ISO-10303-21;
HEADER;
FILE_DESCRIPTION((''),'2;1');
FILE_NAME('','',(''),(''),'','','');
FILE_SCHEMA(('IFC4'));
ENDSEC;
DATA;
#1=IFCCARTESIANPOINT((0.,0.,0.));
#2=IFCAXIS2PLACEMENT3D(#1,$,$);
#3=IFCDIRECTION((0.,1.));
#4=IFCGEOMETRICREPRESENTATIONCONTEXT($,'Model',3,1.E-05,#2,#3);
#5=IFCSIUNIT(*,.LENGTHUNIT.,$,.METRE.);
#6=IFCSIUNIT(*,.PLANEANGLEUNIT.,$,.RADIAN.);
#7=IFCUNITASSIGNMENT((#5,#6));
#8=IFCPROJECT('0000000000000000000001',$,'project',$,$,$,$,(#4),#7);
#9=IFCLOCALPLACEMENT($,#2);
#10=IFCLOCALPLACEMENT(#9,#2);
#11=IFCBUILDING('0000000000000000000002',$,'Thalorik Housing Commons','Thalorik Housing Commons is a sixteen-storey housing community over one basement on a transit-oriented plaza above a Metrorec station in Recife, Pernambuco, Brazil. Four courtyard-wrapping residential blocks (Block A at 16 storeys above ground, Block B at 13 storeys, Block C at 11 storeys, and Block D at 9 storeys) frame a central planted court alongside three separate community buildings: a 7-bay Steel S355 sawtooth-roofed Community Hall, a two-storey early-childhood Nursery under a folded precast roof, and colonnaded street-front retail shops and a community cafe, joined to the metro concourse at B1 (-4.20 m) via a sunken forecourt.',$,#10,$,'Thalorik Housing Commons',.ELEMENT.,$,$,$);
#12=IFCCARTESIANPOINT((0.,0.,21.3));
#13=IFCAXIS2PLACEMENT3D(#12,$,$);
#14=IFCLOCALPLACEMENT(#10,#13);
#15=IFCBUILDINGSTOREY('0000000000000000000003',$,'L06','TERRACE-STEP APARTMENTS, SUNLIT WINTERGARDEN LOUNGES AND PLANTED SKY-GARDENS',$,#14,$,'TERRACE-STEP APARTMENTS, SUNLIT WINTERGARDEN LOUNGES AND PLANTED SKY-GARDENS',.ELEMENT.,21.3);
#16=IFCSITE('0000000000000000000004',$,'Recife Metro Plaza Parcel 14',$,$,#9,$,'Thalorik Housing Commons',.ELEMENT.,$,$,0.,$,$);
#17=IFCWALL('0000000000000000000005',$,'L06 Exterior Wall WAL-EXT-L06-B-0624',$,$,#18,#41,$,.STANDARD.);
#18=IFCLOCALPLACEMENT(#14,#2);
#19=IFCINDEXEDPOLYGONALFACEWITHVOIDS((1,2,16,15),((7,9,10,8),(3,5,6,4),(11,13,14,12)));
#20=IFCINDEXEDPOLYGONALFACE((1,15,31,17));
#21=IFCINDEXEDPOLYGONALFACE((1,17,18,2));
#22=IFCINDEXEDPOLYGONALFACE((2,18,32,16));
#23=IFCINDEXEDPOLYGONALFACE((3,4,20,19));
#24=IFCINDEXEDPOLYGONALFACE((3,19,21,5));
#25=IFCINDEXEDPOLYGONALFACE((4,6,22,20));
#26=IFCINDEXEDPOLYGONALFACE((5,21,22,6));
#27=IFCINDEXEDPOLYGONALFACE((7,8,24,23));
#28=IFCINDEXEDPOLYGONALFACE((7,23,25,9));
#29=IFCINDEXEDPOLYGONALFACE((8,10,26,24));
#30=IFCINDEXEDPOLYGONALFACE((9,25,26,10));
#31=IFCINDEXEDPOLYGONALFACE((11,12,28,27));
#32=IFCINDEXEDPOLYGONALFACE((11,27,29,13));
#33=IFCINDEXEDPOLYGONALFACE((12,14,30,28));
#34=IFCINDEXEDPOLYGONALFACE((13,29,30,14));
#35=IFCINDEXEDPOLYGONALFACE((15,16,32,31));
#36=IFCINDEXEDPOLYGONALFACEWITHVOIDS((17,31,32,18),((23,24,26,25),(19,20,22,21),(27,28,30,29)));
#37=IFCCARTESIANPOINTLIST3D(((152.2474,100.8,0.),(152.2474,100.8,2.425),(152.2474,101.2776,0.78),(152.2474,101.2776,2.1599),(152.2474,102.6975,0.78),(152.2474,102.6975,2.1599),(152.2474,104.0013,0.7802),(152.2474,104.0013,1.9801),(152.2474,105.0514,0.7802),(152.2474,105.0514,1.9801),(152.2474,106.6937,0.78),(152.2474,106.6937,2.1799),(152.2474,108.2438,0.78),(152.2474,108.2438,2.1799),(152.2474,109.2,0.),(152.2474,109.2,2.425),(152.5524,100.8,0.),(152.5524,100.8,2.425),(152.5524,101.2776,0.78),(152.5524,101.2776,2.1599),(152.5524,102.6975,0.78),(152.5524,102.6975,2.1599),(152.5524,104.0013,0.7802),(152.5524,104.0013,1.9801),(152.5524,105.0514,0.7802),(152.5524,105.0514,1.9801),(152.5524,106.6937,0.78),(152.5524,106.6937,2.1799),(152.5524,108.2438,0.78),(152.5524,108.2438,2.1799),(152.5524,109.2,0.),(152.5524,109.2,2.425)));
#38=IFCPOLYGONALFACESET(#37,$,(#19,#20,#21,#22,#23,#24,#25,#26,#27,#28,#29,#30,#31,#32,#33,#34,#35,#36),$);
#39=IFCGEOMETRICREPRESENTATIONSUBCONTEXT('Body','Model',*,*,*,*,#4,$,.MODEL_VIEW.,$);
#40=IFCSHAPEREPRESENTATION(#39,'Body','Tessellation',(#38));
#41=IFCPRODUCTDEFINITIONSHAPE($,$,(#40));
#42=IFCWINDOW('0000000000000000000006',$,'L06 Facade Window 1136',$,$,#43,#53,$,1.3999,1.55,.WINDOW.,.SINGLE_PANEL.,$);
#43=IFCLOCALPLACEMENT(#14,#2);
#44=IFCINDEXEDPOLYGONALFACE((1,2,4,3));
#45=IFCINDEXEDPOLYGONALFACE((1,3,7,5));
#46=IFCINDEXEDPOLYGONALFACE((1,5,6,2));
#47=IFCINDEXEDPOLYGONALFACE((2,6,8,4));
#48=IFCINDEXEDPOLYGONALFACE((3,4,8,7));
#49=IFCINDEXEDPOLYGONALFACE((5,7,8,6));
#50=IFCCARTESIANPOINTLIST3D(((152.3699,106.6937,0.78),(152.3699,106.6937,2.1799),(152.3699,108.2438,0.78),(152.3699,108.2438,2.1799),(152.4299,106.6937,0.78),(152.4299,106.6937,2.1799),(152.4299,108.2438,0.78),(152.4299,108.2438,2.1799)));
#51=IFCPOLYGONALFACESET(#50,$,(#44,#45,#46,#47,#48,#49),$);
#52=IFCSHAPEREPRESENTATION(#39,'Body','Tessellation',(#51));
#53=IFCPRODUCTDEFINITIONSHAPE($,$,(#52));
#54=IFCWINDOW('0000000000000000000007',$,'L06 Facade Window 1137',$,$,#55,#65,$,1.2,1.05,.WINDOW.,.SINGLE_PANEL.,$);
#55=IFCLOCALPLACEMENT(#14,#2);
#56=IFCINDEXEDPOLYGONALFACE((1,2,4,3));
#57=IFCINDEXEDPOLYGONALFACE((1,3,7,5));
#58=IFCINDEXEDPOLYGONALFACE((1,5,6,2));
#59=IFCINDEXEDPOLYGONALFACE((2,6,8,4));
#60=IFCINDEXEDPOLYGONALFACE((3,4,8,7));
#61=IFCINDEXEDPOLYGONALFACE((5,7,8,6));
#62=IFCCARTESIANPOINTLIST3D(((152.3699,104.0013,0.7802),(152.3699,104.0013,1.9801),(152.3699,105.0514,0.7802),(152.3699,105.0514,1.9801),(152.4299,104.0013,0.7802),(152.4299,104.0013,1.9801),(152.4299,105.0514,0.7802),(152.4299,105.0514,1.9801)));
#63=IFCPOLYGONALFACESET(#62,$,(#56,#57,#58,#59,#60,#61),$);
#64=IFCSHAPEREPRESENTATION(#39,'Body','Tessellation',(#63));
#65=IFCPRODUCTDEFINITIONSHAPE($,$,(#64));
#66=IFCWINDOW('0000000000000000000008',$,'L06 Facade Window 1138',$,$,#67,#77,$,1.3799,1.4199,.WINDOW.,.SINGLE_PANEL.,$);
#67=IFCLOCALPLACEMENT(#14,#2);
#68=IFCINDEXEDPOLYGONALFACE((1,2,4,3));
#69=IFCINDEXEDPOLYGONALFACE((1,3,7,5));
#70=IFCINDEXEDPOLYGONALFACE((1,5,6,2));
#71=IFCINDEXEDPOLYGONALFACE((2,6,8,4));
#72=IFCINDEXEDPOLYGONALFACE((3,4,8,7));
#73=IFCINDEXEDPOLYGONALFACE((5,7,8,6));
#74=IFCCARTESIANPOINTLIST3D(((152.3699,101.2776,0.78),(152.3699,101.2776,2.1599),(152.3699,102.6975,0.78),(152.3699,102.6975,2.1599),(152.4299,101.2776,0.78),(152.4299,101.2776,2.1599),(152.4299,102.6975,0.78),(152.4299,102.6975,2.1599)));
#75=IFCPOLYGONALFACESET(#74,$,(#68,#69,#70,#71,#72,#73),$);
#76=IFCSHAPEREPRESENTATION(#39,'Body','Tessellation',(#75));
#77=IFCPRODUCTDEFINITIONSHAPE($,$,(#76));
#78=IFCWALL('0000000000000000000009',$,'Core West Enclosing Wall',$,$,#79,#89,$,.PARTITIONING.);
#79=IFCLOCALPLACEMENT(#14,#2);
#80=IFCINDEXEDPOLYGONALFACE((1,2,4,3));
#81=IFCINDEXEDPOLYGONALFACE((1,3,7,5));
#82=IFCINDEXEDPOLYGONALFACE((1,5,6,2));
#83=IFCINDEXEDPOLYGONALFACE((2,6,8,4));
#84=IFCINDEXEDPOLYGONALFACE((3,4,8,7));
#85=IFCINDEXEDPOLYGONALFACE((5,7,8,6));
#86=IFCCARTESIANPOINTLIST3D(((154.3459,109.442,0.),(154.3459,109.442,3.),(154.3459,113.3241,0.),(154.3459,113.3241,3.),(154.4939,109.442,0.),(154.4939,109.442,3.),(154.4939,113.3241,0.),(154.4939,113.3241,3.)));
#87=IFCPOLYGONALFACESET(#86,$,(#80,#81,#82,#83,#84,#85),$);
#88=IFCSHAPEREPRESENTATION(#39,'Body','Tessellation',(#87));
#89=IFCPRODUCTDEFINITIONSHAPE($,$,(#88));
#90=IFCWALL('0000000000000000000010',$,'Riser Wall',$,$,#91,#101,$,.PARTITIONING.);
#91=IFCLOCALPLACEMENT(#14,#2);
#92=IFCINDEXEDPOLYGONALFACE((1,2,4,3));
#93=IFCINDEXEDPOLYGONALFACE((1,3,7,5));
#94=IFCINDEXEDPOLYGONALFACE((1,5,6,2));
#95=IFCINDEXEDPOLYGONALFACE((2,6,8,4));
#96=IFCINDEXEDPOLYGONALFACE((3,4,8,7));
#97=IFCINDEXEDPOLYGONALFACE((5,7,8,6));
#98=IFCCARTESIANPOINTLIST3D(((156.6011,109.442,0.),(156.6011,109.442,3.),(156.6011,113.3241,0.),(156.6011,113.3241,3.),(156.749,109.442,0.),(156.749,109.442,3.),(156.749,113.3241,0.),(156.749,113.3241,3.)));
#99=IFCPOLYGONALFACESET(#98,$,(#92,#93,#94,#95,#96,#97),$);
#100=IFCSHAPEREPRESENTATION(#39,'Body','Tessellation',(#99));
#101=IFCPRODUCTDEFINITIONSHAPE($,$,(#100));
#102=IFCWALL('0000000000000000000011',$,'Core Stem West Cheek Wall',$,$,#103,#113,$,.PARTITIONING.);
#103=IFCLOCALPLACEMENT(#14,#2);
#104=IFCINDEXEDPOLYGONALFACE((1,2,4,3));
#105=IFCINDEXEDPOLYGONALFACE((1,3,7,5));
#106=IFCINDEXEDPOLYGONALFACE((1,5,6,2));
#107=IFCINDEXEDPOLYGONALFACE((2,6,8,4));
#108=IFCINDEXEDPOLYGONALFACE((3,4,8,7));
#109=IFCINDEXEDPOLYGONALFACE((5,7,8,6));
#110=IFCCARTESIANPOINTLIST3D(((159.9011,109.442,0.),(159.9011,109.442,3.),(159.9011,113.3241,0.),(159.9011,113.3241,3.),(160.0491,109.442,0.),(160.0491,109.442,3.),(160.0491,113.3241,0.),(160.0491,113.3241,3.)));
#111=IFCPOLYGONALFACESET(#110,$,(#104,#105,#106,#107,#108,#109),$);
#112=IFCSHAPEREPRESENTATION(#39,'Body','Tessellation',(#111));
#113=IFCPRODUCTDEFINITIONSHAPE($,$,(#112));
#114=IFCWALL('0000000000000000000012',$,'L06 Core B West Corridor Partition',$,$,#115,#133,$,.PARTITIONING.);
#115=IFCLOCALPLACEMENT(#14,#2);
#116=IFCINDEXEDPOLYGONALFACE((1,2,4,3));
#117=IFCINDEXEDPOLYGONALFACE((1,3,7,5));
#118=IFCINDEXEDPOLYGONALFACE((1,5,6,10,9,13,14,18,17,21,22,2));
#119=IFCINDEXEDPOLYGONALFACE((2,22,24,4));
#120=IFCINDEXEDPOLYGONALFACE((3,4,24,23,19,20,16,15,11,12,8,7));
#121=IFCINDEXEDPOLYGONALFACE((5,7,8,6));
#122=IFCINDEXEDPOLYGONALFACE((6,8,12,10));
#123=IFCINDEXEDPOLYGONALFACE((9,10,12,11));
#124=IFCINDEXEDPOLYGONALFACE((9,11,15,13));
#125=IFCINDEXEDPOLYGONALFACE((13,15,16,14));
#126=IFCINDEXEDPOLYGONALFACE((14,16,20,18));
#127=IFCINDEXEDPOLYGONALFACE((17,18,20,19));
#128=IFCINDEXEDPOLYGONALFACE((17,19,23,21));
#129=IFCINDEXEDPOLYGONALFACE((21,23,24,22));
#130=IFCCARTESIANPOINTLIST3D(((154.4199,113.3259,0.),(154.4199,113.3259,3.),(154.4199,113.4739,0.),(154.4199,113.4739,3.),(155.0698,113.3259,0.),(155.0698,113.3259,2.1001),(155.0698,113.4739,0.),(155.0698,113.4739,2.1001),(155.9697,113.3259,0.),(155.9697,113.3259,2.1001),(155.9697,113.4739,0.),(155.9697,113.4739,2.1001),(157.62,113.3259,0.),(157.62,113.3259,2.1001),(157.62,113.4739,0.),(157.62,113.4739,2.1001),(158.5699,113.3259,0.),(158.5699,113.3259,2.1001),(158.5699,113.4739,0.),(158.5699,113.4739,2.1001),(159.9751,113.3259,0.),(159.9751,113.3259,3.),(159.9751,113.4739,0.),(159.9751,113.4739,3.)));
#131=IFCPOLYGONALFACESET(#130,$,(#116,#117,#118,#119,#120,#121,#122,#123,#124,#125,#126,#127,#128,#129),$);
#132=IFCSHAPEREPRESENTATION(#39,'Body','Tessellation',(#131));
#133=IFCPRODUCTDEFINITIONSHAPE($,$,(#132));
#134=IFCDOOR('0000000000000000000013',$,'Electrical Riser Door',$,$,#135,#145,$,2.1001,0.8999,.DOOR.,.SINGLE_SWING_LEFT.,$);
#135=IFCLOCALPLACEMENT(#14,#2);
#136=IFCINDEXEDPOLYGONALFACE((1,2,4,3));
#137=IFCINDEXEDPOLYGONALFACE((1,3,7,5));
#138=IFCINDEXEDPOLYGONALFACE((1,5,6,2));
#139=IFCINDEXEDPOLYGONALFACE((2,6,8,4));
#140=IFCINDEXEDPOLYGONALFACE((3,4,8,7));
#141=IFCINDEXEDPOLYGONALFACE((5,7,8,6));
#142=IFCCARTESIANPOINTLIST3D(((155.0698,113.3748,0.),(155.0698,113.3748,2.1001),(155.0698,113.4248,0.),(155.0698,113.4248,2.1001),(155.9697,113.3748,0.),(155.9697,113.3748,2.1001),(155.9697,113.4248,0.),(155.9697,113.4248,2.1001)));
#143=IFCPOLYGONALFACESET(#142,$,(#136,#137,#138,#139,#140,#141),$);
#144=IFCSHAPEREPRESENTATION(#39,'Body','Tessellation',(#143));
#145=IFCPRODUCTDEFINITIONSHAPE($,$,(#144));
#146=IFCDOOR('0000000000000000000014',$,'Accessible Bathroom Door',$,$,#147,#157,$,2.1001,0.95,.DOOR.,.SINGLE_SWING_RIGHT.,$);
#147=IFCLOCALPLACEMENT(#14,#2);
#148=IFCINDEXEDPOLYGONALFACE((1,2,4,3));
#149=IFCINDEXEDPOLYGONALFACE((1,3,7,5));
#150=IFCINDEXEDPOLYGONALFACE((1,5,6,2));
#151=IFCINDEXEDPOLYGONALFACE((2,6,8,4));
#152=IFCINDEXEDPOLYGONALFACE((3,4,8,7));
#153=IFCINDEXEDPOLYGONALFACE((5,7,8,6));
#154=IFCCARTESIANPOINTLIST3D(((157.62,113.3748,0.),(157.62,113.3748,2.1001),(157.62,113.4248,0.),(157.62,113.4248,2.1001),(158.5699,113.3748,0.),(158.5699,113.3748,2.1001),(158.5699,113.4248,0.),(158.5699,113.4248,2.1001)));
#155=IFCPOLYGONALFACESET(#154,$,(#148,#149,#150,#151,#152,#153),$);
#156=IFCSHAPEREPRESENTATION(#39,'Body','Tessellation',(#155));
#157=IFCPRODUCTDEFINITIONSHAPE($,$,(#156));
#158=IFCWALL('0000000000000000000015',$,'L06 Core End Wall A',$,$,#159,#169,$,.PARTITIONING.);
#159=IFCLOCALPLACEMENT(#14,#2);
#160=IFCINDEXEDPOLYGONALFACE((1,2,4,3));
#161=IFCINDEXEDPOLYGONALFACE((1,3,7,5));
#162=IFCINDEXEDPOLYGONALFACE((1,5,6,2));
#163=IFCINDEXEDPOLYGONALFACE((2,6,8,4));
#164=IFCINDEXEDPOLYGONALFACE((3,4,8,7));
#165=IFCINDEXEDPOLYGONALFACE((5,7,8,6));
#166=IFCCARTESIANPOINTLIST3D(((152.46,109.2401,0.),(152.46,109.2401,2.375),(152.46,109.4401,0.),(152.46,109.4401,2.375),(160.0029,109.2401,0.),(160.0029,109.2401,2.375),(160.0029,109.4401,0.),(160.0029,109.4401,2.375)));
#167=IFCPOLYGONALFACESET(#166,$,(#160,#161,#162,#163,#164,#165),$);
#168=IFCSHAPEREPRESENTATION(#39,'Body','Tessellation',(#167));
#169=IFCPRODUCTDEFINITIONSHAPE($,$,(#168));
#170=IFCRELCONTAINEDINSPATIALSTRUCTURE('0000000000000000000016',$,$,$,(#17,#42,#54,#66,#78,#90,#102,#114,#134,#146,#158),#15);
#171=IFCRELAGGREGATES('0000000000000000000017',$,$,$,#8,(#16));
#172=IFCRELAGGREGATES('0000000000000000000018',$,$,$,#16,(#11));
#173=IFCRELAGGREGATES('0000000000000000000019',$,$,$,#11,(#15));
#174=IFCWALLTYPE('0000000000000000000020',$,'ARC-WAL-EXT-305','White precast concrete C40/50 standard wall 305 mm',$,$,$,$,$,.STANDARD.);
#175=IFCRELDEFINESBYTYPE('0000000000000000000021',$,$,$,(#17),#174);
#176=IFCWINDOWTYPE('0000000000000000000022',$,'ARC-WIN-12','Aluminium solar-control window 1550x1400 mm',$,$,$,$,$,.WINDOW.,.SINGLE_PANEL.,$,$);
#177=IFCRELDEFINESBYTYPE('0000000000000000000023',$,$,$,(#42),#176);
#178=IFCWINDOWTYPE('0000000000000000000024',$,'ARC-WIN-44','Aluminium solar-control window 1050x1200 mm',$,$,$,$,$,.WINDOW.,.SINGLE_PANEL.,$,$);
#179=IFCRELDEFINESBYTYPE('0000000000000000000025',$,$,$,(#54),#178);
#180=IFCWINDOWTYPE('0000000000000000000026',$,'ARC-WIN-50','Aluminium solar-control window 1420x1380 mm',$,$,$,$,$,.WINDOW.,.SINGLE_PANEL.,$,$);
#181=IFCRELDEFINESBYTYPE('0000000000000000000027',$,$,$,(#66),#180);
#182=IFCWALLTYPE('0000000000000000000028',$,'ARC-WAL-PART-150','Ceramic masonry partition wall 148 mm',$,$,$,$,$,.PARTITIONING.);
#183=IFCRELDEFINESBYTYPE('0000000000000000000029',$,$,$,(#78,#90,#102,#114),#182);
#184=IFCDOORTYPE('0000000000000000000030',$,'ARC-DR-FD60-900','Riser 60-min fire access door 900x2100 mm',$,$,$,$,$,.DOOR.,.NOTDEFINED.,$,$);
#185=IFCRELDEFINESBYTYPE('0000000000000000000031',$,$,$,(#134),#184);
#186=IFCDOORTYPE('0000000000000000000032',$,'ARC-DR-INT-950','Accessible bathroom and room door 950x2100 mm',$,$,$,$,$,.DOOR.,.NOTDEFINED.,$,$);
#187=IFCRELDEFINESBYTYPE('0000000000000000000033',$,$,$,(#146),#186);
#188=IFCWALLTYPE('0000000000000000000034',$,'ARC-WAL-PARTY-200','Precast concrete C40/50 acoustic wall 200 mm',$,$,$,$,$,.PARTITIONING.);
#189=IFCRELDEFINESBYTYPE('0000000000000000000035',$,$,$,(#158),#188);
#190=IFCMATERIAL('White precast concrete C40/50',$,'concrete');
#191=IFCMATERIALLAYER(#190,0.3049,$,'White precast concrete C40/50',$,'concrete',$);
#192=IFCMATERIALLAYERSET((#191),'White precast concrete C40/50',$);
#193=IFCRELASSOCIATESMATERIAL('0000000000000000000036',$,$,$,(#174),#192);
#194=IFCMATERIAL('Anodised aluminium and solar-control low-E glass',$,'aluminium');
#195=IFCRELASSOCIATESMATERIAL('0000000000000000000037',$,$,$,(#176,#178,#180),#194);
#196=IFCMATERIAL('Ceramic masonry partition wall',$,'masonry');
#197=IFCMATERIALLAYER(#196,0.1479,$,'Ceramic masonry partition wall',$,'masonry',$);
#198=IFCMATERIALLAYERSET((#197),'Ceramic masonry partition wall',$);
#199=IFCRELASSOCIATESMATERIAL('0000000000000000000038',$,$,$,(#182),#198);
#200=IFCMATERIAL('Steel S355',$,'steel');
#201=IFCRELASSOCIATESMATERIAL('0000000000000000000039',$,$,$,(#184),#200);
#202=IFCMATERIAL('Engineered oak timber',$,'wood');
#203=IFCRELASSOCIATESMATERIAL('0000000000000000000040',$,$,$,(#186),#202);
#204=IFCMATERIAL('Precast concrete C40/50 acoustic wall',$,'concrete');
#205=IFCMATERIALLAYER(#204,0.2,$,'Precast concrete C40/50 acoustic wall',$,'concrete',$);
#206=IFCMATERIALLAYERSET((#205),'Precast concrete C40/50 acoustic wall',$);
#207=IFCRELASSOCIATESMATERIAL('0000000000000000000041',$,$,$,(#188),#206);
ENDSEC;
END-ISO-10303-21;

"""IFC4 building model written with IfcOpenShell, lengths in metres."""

from ifc_helpers import new_model, si_unit, direction, frame, frame_2d, origin, place, context, subcontext, project, spatial, rectangle, extrude, material, layer, layer_set, type_object, element, fill, save


model = new_model("IFC4")

# Units and contexts
model_context = context("Model", 3, precision=1e-05, world=origin(), true_north=direction((0.0, 1.0)))
body_context = subcontext(model_context, "Body", "Model", "MODEL_VIEW")
ifc_project = project(units=[si_unit("LENGTHUNIT", "METRE"), si_unit("PLANEANGLEUNIT", "RADIAN")], contexts=[model_context])

# Site, building, storey
site_placement = place(None, origin())
site = spatial("IfcSite", under=ifc_project, at=site_placement, Name="Recife Metro Plaza Parcel 14", LongName="Thalorik Housing Commons", CompositionType="ELEMENT", RefElevation=0.0)
building_placement = place(site_placement, origin())
building = spatial("IfcBuilding", under=site, at=building_placement, Name="Thalorik Housing Commons", Description="Thalorik Housing Commons is a sixteen-storey housing community over one basement on a transit-oriented plaza above a Metrorec station in Recife, Pernambuco, Brazil. Four courtyard-wrapping residential blocks (Block A at 16 storeys above ground, Block B at 13 storeys, Block C at 11 storeys, and Block D at 9 storeys) frame a central planted court alongside three separate community buildings: a 7-bay Steel S355 sawtooth-roofed Community Hall, a two-storey early-childhood Nursery under a folded precast roof, and colonnaded street-front retail shops and a community cafe, joined to the metro concourse at B1 (-4.20 m) via a sunken forecourt.", LongName="Thalorik Housing Commons", CompositionType="ELEMENT")
storey_placement = place(building_placement, frame((0.0, 0.0, 21.3)))
storey = spatial("IfcBuildingStorey", under=building, at=storey_placement, Name="L06", Description="TERRACE-STEP APARTMENTS, SUNLIT WINTERGARDEN LOUNGES AND PLANTED SKY-GARDENS", LongName="TERRACE-STEP APARTMENTS, SUNLIT WINTERGARDEN LOUNGES AND PLANTED SKY-GARDENS", CompositionType="ELEMENT", Elevation=21.3)

# Shared definitions
ifc_material_1 = material(Name="Steel S355", Category="steel")

# Wall, openings, windows
ifc_material_2 = material(Name="White precast concrete C40/50", Category="concrete")
ifc_layer_1 = layer(ifc_material_2, 0.3049, Name="White precast concrete C40/50", Category="concrete")
ifc_layer_set_1 = layer_set([ifc_layer_1], Name="White precast concrete C40/50")
wall_type_1 = type_object("IfcWallType", Name="ARC-WAL-EXT-305", Description="White precast concrete C40/50 standard wall 305 mm", PredefinedType="STANDARD", material=ifc_layer_set_1)
wall_1_placement = place(storey_placement, frame((152.3999, 109.2, 0.0), z_axis=(0.0, 0.0, 1.0), x_axis=(0.0, -1.0, 0.0)))
wall_1 = element("IfcWall", 1, at=wall_1_placement, inside=storey, type_object=wall_type_1, Name="L06 Exterior Wall WAL-EXT-L06-B-0624", PredefinedType="STANDARD", context=body_context, shape_type="SweptSolid", body=[
    extrude(rectangle(XDim=8.3999, YDim=0.3049, at=frame_2d((4.2, 0.0))), origin(), (0.0, 0.0, 1.0), 2.425),
])
opening_1_placement = place(wall_1_placement, frame((0.9563, 0.0, 0.78)))
opening_1 = element("IfcOpeningElement", 2, at=opening_1_placement, cuts=wall_1, PredefinedType="OPENING", context=body_context, shape_type="SweptSolid", body=[
    extrude(rectangle(XDim=1.55, YDim=1.3999, at=frame_2d((0.7749, 0.7))), frame((0.0, 0.1626, 0.0), z_axis=(0.0, -1.0, 0.0), x_axis=(1.0, 0.0, 0.0)), (0.0, 0.0, 1.0), 0.325),
])
opening_2_placement = place(wall_1_placement, frame((4.1487, 0.0, 0.78)))
opening_2 = element("IfcOpeningElement", 3, at=opening_2_placement, cuts=wall_1, PredefinedType="OPENING", context=body_context, shape_type="SweptSolid", body=[
    extrude(rectangle(XDim=1.05, YDim=1.2, at=frame_2d((0.5249, 0.6001))), frame((0.0, 0.1626, 0.0), z_axis=(0.0, -1.0, 0.0), x_axis=(1.0, 0.0, 0.0)), (0.0, 0.0, 1.0), 0.325),
])
opening_3_placement = place(wall_1_placement, frame((6.5024, 0.0, 0.78)))
opening_3 = element("IfcOpeningElement", 4, at=opening_3_placement, cuts=wall_1, PredefinedType="OPENING", context=body_context, shape_type="SweptSolid", body=[
    extrude(rectangle(XDim=1.4199, YDim=1.3799, at=frame_2d((0.71, 0.6899))), frame((0.0, 0.1626, 0.0), z_axis=(0.0, -1.0, 0.0), x_axis=(1.0, 0.0, 0.0)), (0.0, 0.0, 1.0), 0.325),
])
ifc_material_3 = material(Name="Anodised aluminium and solar-control low-E glass", Category="aluminium")
window_type_1 = type_object("IfcWindowType", Name="ARC-WIN-12", Description="Aluminium solar-control window 1550x1400 mm", PartitioningType="SINGLE_PANEL", PredefinedType="WINDOW", material=ifc_material_3)
window_1_placement = place(opening_1_placement, origin())
window_1 = element("IfcWindow", 5, at=window_1_placement, inside=storey, type_object=window_type_1, Name="L06 Facade Window 1136", OverallHeight=1.3999, OverallWidth=1.55, PartitioningType="SINGLE_PANEL", PredefinedType="WINDOW", context=body_context, shape_type="SweptSolid", body=[
    extrude(rectangle(XDim=1.55, YDim=1.3999, at=frame_2d((0.7749, 0.7))), frame((0.0, 0.03, 0.0), z_axis=(0.0, -1.0, 0.0), x_axis=(1.0, 0.0, 0.0)), (0.0, 0.0, 1.0), 0.0601),
])
fill(opening_1, window_1)
window_type_2 = type_object("IfcWindowType", Name="ARC-WIN-44", Description="Aluminium solar-control window 1050x1200 mm", PartitioningType="SINGLE_PANEL", PredefinedType="WINDOW", material=ifc_material_3)
window_2_placement = place(opening_2_placement, origin())
window_2 = element("IfcWindow", 6, at=window_2_placement, inside=storey, type_object=window_type_2, Name="L06 Facade Window 1137", OverallHeight=1.2, OverallWidth=1.05, PartitioningType="SINGLE_PANEL", PredefinedType="WINDOW", context=body_context, shape_type="SweptSolid", body=[
    extrude(rectangle(XDim=1.05, YDim=1.2, at=frame_2d((0.5249, 0.6001))), frame((0.0, 0.03, 0.0), z_axis=(0.0, -1.0, 0.0), x_axis=(1.0, 0.0, 0.0)), (0.0, 0.0, 1.0), 0.0601),
])
fill(opening_2, window_2)
window_type_3 = type_object("IfcWindowType", Name="ARC-WIN-50", Description="Aluminium solar-control window 1420x1380 mm", PartitioningType="SINGLE_PANEL", PredefinedType="WINDOW", material=ifc_material_3)
window_3_placement = place(opening_3_placement, origin())
window_3 = element("IfcWindow", 7, at=window_3_placement, inside=storey, type_object=window_type_3, Name="L06 Facade Window 1138", OverallHeight=1.3799, OverallWidth=1.4199, PartitioningType="SINGLE_PANEL", PredefinedType="WINDOW", context=body_context, shape_type="SweptSolid", body=[
    extrude(rectangle(XDim=1.4199, YDim=1.3799, at=frame_2d((0.71, 0.6899))), frame((0.0, 0.03, 0.0), z_axis=(0.0, -1.0, 0.0), x_axis=(1.0, 0.0, 0.0)), (0.0, 0.0, 1.0), 0.0601),
])
fill(opening_3, window_3)

# Walls
ifc_material_4 = material(Name="Ceramic masonry partition wall", Category="masonry")
ifc_layer_2 = layer(ifc_material_4, 0.1479, Name="Ceramic masonry partition wall", Category="masonry")
ifc_layer_set_2 = layer_set([ifc_layer_2], Name="Ceramic masonry partition wall")
wall_type_2 = type_object("IfcWallType", Name="ARC-WAL-PART-150", Description="Ceramic masonry partition wall 148 mm", PredefinedType="PARTITIONING", material=ifc_layer_set_2)
for number, where, z_axis, x_axis, name in (
    (8, (154.4199, 113.324, 0.0), (0.0, 0.0, 1.0), (0.0, -1.0, 0.0), "Core West Enclosing Wall"),
    (9, (156.675, 113.324, 0.0), (0.0, 0.0, 1.0), (0.0, -1.0, 0.0), "Riser Wall"),
    (10, (159.9751, 113.324, 0.0), (0.0, 0.0, 1.0), (0.0, -1.0, 0.0), "Core Stem West Cheek Wall"),
):
    element("IfcWall", number, at=place(storey_placement, frame(where, z_axis=z_axis, x_axis=x_axis)), inside=storey, type_object=wall_type_2, Name=name, PredefinedType="PARTITIONING", context=body_context, shape_type="SweptSolid", body=[
        extrude(rectangle(XDim=3.8821, YDim=0.1479, at=frame_2d((1.9409, 0.0))), origin(), (0.0, 0.0, 1.0), 3.0),
    ])

# Wall, openings, doors
wall_2_placement = place(storey_placement, frame((154.4199, 113.3999, 0.0), z_axis=(0.0, 0.0, 1.0), x_axis=(1.0, 0.0, 0.0)))
wall_2 = element("IfcWall", 11, at=wall_2_placement, inside=storey, type_object=wall_type_2, Name="L06 Core B West Corridor Partition", PredefinedType="PARTITIONING", context=body_context, shape_type="SweptSolid", body=[
    extrude(rectangle(XDim=5.5552, YDim=0.1479, at=frame_2d((2.7776, 0.0))), origin(), (0.0, 0.0, 1.0), 3.0),
])
opening_4_placement = place(wall_2_placement, frame((0.6499, 0.0, 0.0)))
opening_4 = element("IfcOpeningElement", 12, at=opening_4_placement, cuts=wall_2, PredefinedType="OPENING", context=body_context, shape_type="SweptSolid", body=[
    extrude(rectangle(XDim=0.8999, YDim=2.1001, at=frame_2d((0.45, 1.05))), frame((0.0, 0.084, 0.0), z_axis=(0.0, -1.0, 0.0), x_axis=(1.0, 0.0, 0.0)), (0.0, 0.0, 1.0), 0.168),
])
opening_5_placement = place(wall_2_placement, frame((3.2, 0.0, 0.0)))
opening_5 = element("IfcOpeningElement", 13, at=opening_5_placement, cuts=wall_2, PredefinedType="OPENING", context=body_context, shape_type="SweptSolid", body=[
    extrude(rectangle(XDim=0.95, YDim=2.1001, at=frame_2d((0.4751, 1.05))), frame((0.0, 0.084, 0.0), z_axis=(0.0, -1.0, 0.0), x_axis=(1.0, 0.0, 0.0)), (0.0, 0.0, 1.0), 0.168),
])
door_type_1 = type_object("IfcDoorType", Name="ARC-DR-FD60-900", Description="Riser 60-min fire access door 900x2100 mm", OperationType="NOTDEFINED", PredefinedType="DOOR", material=ifc_material_1)
door_1_placement = place(opening_4_placement, origin())
door_1 = element("IfcDoor", 14, at=door_1_placement, inside=storey, type_object=door_type_1, Name="Electrical Riser Door", OperationType="SINGLE_SWING_LEFT", OverallHeight=2.1001, OverallWidth=0.8999, PredefinedType="DOOR", context=body_context, shape_type="SweptSolid", body=[
    extrude(rectangle(XDim=0.8999, YDim=2.1001, at=frame_2d((0.45, 1.05))), frame((0.0, 0.0249, 0.0), z_axis=(0.0, -1.0, 0.0), x_axis=(1.0, 0.0, 0.0)), (0.0, 0.0, 1.0), 0.05),
])
fill(opening_4, door_1)
ifc_material_5 = material(Name="Engineered oak timber", Category="wood")
door_type_2 = type_object("IfcDoorType", Name="ARC-DR-INT-950", Description="Accessible bathroom and room door 950x2100 mm", OperationType="NOTDEFINED", PredefinedType="DOOR", material=ifc_material_5)
door_2_placement = place(opening_5_placement, origin())
door_2 = element("IfcDoor", 15, at=door_2_placement, inside=storey, type_object=door_type_2, Name="Accessible Bathroom Door", OperationType="SINGLE_SWING_RIGHT", OverallHeight=2.1001, OverallWidth=0.95, PredefinedType="DOOR", context=body_context, shape_type="SweptSolid", body=[
    extrude(rectangle(XDim=0.95, YDim=2.1001, at=frame_2d((0.4751, 1.05))), frame((0.0, 0.0249, 0.0), z_axis=(0.0, -1.0, 0.0), x_axis=(1.0, 0.0, 0.0)), (0.0, 0.0, 1.0), 0.05),
])
fill(opening_5, door_2)

# Wall
ifc_material_6 = material(Name="Precast concrete C40/50 acoustic wall", Category="concrete")
ifc_layer_3 = layer(ifc_material_6, 0.2, Name="Precast concrete C40/50 acoustic wall", Category="concrete")
ifc_layer_set_3 = layer_set([ifc_layer_3], Name="Precast concrete C40/50 acoustic wall")
wall_type_3 = type_object("IfcWallType", Name="ARC-WAL-PARTY-200", Description="Precast concrete C40/50 acoustic wall 200 mm", PredefinedType="PARTITIONING", material=ifc_layer_set_3)
wall_3_placement = place(storey_placement, frame((152.46, 109.3401, 0.0), z_axis=(0.0, 0.0, 1.0), x_axis=(1.0, 0.0, 0.0)))
element("IfcWall", 16, at=wall_3_placement, inside=storey, type_object=wall_type_3, Name="L06 Core End Wall A", PredefinedType="PARTITIONING", context=body_context, shape_type="SweptSolid", body=[
    extrude(rectangle(XDim=7.543, YDim=0.2, at=frame_2d((3.7715, 0.0))), origin(), (0.0, 0.0, 1.0), 2.375),
])

save(model, "model.ifc")
